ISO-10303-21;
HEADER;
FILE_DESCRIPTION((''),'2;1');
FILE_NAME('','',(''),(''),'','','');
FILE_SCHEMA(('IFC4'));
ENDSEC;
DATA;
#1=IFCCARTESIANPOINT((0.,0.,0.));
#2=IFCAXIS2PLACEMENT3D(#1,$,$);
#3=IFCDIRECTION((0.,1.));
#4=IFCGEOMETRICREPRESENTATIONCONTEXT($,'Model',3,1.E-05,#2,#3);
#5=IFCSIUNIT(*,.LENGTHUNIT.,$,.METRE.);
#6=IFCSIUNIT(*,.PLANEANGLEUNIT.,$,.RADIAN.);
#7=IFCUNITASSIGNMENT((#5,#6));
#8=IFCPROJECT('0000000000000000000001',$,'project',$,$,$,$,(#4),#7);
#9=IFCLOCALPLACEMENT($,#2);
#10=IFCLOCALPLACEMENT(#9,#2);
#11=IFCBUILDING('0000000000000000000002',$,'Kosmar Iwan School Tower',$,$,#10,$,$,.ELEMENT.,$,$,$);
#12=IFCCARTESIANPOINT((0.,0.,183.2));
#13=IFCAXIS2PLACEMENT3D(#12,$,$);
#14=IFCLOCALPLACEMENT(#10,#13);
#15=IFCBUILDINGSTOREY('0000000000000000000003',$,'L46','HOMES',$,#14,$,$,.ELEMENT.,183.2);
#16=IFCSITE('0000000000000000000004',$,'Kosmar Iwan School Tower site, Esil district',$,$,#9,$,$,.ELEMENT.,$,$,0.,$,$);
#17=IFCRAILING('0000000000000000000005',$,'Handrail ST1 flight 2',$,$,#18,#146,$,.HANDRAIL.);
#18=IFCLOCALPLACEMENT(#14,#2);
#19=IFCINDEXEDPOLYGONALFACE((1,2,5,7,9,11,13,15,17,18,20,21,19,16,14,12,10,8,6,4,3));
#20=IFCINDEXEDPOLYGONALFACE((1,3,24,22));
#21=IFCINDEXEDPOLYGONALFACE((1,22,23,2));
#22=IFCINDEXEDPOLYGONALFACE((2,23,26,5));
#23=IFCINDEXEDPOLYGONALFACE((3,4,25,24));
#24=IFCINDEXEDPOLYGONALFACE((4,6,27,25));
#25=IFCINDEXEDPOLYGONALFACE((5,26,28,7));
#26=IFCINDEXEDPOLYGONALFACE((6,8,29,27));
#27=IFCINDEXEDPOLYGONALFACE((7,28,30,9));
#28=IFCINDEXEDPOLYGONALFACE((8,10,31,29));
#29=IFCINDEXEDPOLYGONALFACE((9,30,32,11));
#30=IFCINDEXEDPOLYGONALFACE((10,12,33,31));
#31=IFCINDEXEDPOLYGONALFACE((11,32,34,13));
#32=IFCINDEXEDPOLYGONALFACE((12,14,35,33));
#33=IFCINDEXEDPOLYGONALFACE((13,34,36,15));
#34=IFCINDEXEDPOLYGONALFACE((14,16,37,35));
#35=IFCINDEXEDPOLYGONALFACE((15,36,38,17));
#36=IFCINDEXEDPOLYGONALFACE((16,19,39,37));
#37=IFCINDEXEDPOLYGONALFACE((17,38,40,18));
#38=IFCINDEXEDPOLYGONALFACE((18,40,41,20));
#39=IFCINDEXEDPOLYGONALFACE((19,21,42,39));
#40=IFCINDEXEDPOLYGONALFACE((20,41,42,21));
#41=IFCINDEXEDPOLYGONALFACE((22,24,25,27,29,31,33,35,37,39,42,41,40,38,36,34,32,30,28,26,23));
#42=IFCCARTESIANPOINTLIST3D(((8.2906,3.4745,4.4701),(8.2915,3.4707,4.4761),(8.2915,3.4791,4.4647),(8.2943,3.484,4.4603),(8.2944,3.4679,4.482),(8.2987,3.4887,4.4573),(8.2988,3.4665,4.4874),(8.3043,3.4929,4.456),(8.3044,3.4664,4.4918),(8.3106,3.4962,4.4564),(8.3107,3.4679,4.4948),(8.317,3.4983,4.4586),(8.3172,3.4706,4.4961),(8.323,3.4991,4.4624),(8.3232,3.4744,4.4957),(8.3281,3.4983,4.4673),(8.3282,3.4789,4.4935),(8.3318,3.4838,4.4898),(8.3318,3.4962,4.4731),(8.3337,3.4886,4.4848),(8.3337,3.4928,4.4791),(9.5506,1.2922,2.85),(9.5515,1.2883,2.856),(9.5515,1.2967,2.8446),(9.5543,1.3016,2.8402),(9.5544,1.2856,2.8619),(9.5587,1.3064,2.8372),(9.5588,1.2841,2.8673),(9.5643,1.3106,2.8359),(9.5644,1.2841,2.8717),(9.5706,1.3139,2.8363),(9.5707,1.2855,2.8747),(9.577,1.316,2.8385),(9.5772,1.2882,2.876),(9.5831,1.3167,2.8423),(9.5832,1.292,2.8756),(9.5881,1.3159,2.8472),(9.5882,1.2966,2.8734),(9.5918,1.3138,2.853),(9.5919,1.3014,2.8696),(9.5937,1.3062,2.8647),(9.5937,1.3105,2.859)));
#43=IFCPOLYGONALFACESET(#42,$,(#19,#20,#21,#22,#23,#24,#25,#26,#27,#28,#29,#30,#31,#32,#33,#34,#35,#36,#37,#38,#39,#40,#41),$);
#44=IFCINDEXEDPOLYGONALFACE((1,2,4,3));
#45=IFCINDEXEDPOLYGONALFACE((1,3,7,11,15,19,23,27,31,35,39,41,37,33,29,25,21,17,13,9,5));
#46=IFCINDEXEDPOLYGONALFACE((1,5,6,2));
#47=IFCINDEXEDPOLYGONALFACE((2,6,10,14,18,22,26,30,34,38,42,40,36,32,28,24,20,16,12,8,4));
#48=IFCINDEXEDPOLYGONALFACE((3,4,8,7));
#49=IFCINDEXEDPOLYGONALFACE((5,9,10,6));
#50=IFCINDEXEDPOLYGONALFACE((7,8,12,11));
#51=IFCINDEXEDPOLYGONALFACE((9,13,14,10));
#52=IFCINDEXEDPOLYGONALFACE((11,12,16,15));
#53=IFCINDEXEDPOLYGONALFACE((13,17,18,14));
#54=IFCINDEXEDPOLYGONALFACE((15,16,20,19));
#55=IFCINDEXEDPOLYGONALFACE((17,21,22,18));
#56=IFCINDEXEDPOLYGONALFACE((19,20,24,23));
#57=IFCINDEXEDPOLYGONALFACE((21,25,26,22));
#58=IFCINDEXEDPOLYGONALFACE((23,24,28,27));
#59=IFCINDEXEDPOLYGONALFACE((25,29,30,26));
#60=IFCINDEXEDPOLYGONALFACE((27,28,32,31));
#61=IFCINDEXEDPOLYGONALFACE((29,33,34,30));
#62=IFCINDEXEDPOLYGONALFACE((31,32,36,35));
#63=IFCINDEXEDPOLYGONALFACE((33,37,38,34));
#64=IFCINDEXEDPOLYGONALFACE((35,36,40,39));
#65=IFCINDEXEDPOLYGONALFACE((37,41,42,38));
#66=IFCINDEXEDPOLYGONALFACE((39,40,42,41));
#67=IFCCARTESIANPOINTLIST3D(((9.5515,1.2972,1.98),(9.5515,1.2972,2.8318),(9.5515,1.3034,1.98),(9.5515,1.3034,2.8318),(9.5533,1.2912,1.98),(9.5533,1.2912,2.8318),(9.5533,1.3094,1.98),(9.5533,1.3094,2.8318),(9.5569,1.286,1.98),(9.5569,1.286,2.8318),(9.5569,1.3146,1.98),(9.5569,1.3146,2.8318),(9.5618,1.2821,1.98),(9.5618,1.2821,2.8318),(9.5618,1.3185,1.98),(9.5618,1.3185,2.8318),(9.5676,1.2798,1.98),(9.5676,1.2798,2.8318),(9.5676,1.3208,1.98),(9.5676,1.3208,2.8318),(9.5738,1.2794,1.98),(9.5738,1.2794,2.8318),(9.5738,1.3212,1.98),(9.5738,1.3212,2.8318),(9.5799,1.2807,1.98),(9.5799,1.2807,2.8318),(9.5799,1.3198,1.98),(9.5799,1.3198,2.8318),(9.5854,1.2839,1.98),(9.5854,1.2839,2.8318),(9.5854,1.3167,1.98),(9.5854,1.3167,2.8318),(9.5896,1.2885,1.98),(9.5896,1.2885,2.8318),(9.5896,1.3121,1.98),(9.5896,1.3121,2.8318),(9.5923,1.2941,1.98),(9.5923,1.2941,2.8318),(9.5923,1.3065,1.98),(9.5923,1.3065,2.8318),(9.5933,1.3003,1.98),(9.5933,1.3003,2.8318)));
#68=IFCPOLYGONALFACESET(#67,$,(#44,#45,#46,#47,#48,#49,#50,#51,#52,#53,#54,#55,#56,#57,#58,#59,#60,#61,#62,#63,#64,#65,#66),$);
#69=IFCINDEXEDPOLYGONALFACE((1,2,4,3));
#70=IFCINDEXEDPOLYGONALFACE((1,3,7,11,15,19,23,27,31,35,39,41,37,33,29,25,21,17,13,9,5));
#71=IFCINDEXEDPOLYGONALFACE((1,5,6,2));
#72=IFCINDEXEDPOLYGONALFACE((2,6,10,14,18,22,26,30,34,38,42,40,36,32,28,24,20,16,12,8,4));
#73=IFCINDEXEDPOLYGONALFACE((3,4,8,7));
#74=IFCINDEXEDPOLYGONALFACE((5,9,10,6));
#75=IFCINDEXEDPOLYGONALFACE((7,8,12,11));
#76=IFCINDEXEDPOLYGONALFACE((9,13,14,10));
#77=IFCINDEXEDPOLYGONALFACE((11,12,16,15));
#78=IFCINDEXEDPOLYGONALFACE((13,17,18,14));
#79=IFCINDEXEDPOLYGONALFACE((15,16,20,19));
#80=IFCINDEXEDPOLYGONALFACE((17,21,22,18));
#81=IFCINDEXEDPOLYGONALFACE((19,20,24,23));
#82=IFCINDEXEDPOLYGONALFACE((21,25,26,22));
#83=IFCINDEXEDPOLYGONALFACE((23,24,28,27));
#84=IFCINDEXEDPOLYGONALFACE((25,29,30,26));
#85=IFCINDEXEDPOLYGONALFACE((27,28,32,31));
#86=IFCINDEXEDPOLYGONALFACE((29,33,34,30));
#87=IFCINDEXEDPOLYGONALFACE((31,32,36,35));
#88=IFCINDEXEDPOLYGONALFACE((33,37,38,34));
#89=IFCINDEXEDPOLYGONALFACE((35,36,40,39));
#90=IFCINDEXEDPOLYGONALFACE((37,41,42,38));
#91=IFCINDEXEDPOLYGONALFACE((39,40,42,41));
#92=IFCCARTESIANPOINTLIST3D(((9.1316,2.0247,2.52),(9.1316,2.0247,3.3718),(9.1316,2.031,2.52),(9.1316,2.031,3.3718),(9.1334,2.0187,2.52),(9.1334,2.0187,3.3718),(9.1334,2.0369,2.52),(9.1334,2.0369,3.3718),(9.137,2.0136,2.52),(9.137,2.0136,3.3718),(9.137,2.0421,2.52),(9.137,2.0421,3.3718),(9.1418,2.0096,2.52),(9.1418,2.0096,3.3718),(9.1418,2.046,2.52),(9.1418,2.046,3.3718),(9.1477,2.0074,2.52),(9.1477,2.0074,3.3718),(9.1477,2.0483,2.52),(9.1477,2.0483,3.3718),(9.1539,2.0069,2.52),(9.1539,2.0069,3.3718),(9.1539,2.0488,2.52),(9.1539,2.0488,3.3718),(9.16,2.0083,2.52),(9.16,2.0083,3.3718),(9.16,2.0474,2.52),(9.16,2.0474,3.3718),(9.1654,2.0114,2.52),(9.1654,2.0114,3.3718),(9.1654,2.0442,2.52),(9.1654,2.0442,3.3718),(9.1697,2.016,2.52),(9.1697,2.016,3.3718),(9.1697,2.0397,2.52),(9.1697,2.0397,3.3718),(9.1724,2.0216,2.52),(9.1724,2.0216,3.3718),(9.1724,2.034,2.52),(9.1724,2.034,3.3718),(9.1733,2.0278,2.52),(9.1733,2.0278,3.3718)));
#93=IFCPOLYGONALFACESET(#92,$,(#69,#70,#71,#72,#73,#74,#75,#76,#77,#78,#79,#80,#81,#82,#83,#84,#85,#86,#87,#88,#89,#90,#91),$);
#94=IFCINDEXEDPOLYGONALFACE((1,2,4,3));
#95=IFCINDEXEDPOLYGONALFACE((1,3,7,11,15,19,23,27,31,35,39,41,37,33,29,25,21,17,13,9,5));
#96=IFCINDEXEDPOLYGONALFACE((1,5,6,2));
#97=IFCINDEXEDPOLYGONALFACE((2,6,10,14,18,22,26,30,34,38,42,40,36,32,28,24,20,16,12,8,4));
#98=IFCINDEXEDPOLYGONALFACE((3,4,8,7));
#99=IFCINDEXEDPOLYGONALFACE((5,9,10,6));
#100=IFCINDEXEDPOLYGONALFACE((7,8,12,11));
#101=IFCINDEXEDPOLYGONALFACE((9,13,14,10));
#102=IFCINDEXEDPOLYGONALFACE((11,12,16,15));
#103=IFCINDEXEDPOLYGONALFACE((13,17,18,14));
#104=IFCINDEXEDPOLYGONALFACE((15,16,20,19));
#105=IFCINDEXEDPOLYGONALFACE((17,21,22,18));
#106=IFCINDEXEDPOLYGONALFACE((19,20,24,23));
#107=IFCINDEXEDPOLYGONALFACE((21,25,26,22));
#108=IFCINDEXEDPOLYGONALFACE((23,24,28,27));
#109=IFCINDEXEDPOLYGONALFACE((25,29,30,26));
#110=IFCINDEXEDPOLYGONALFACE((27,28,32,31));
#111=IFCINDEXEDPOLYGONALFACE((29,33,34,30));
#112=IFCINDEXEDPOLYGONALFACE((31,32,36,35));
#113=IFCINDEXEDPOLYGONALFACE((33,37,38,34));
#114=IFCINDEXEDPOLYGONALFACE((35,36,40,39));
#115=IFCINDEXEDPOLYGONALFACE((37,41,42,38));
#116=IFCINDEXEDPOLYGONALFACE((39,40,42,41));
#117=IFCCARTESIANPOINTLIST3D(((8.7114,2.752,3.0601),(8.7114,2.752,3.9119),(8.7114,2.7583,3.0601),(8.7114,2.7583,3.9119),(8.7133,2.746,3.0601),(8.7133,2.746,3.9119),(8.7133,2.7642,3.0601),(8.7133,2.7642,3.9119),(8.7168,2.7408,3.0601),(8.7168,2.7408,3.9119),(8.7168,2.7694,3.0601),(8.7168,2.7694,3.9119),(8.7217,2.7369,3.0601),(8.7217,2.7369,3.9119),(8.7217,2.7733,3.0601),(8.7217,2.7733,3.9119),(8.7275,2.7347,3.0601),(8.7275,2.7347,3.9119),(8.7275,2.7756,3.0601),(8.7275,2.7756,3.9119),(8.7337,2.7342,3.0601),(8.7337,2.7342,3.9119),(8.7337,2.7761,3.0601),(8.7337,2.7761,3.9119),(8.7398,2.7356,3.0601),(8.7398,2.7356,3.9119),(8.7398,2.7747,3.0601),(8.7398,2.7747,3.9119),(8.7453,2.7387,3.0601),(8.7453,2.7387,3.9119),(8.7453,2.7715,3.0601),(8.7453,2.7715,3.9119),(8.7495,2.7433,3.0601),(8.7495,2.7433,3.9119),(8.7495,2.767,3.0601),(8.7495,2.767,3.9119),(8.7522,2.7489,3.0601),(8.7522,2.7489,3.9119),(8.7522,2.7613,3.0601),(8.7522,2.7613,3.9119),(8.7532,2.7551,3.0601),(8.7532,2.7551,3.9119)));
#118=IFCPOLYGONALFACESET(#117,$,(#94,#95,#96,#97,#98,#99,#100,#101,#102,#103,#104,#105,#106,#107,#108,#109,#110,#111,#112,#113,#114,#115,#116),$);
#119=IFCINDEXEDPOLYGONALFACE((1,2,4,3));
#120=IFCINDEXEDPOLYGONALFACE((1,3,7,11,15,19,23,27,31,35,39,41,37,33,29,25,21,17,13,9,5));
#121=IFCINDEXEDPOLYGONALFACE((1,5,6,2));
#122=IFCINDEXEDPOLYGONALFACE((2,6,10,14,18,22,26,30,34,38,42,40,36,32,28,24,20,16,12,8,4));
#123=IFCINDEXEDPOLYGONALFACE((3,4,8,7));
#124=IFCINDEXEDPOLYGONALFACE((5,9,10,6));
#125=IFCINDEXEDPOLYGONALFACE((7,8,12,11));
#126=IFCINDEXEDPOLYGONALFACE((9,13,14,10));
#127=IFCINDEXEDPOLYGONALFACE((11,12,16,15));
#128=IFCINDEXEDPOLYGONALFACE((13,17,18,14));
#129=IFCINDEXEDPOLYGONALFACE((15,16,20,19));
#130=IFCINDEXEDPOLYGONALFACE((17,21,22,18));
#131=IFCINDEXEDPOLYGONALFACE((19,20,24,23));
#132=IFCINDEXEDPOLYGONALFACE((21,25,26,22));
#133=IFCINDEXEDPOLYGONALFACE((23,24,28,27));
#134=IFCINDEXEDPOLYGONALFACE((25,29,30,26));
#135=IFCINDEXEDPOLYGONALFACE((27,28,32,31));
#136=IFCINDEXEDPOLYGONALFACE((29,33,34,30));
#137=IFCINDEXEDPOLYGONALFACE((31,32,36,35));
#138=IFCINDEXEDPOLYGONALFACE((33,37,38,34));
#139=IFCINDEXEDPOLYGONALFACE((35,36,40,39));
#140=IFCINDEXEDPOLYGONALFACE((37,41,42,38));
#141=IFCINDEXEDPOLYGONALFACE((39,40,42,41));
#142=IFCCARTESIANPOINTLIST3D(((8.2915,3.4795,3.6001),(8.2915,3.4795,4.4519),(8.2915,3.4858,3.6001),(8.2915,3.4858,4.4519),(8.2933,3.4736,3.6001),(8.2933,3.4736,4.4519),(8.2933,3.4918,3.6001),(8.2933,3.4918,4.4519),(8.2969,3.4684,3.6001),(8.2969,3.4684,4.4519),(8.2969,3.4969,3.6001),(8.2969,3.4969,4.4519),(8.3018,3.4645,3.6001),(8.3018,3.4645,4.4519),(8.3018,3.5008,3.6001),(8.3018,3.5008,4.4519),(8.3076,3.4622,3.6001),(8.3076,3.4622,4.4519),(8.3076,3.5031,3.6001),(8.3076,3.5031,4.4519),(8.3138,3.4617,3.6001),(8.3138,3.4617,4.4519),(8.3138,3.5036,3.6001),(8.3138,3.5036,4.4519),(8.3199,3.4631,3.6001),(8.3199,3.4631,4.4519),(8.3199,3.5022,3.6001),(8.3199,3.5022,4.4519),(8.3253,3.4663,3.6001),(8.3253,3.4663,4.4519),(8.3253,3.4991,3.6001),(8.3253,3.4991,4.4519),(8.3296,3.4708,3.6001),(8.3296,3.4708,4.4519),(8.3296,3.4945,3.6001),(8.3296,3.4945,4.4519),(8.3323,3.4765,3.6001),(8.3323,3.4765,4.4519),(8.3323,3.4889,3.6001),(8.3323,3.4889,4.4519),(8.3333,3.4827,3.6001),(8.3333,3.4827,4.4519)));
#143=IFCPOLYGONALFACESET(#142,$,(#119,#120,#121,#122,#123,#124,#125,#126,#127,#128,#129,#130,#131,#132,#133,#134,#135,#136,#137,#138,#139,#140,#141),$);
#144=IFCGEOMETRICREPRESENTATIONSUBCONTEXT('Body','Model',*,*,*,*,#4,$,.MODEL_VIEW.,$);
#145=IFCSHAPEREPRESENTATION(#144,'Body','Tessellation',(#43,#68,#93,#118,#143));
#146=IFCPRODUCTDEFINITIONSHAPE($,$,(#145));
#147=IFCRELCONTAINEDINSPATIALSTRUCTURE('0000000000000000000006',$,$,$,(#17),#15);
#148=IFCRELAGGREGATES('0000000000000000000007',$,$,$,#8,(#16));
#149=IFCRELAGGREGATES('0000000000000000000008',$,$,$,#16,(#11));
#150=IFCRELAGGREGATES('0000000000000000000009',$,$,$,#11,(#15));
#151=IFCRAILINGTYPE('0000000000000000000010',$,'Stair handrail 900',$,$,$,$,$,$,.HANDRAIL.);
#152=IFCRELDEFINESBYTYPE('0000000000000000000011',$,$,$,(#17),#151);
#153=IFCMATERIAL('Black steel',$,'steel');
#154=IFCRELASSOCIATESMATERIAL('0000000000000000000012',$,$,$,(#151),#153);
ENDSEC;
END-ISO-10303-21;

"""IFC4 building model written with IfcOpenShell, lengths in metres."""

from ifc_helpers import new_model, si_unit, direction, frame, origin, origin_2d, place, context, subcontext, project, spatial, circle, extrude, material, type_object, element, save


model = new_model("IFC4")

# Units and contexts
model_context = context("Model", 3, precision=1e-05, world=origin(), true_north=direction((0.0, 1.0)))
body_context = subcontext(model_context, "Body", "Model", "MODEL_VIEW")
ifc_project = project(units=[si_unit("LENGTHUNIT", "METRE"), si_unit("PLANEANGLEUNIT", "RADIAN")], contexts=[model_context])

# Site, building, storey
site_placement = place(None, origin())
site = spatial("IfcSite", under=ifc_project, at=site_placement, Name="Kosmar Iwan School Tower site, Esil district", CompositionType="ELEMENT", RefElevation=0.0)
building_placement = place(site_placement, origin())
building = spatial("IfcBuilding", under=site, at=building_placement, Name="Kosmar Iwan School Tower", CompositionType="ELEMENT")
storey_placement = place(building_placement, frame((0.0, 0.0, 183.2)))
storey = spatial("IfcBuildingStorey", under=building, at=storey_placement, Name="L46", Description="HOMES", CompositionType="ELEMENT", Elevation=183.2)

# Railing
ifc_material_1 = material(Name="Black steel", Category="steel")
railing_type = type_object("IfcRailingType", Name="Stair handrail 900", PredefinedType="HANDRAIL", material=ifc_material_1)
railing_placement = place(storey_placement, frame((9.5723, 1.3003, 1.98)))
element("IfcRailing", 1, at=railing_placement, inside=storey, type_object=railing_type, Name="Handrail ST1 flight 2", PredefinedType="HANDRAIL", context=body_context, shape_type="SweptSolid", body=[
    extrude(circle(Radius=0.0239, at=origin_2d()), frame((0.0, 0.0, 0.876), z_axis=(-0.420584, 0.728464, 0.540786), x_axis=(-0.866023, -0.500005, 0.0)), (0.0, 0.0, 1.0), 2.9958),
    extrude(circle(Radius=0.021, at=origin_2d()), origin(), (0.0, 0.0, 1.0), 0.8518),
    extrude(circle(Radius=0.021, at=origin_2d()), frame((-0.4199, 0.7275, 0.54)), (0.0, 0.0, 1.0), 0.8518),
    extrude(circle(Radius=0.021, at=origin_2d()), frame((-0.8401, 1.4548, 1.0801)), (0.0, 0.0, 1.0), 0.8518),
    extrude(circle(Radius=0.021, at=origin_2d()), frame((-1.26, 2.1824, 1.6201)), (0.0, 0.0, 1.0), 0.8518),
])

save(model, "model.ifc")
